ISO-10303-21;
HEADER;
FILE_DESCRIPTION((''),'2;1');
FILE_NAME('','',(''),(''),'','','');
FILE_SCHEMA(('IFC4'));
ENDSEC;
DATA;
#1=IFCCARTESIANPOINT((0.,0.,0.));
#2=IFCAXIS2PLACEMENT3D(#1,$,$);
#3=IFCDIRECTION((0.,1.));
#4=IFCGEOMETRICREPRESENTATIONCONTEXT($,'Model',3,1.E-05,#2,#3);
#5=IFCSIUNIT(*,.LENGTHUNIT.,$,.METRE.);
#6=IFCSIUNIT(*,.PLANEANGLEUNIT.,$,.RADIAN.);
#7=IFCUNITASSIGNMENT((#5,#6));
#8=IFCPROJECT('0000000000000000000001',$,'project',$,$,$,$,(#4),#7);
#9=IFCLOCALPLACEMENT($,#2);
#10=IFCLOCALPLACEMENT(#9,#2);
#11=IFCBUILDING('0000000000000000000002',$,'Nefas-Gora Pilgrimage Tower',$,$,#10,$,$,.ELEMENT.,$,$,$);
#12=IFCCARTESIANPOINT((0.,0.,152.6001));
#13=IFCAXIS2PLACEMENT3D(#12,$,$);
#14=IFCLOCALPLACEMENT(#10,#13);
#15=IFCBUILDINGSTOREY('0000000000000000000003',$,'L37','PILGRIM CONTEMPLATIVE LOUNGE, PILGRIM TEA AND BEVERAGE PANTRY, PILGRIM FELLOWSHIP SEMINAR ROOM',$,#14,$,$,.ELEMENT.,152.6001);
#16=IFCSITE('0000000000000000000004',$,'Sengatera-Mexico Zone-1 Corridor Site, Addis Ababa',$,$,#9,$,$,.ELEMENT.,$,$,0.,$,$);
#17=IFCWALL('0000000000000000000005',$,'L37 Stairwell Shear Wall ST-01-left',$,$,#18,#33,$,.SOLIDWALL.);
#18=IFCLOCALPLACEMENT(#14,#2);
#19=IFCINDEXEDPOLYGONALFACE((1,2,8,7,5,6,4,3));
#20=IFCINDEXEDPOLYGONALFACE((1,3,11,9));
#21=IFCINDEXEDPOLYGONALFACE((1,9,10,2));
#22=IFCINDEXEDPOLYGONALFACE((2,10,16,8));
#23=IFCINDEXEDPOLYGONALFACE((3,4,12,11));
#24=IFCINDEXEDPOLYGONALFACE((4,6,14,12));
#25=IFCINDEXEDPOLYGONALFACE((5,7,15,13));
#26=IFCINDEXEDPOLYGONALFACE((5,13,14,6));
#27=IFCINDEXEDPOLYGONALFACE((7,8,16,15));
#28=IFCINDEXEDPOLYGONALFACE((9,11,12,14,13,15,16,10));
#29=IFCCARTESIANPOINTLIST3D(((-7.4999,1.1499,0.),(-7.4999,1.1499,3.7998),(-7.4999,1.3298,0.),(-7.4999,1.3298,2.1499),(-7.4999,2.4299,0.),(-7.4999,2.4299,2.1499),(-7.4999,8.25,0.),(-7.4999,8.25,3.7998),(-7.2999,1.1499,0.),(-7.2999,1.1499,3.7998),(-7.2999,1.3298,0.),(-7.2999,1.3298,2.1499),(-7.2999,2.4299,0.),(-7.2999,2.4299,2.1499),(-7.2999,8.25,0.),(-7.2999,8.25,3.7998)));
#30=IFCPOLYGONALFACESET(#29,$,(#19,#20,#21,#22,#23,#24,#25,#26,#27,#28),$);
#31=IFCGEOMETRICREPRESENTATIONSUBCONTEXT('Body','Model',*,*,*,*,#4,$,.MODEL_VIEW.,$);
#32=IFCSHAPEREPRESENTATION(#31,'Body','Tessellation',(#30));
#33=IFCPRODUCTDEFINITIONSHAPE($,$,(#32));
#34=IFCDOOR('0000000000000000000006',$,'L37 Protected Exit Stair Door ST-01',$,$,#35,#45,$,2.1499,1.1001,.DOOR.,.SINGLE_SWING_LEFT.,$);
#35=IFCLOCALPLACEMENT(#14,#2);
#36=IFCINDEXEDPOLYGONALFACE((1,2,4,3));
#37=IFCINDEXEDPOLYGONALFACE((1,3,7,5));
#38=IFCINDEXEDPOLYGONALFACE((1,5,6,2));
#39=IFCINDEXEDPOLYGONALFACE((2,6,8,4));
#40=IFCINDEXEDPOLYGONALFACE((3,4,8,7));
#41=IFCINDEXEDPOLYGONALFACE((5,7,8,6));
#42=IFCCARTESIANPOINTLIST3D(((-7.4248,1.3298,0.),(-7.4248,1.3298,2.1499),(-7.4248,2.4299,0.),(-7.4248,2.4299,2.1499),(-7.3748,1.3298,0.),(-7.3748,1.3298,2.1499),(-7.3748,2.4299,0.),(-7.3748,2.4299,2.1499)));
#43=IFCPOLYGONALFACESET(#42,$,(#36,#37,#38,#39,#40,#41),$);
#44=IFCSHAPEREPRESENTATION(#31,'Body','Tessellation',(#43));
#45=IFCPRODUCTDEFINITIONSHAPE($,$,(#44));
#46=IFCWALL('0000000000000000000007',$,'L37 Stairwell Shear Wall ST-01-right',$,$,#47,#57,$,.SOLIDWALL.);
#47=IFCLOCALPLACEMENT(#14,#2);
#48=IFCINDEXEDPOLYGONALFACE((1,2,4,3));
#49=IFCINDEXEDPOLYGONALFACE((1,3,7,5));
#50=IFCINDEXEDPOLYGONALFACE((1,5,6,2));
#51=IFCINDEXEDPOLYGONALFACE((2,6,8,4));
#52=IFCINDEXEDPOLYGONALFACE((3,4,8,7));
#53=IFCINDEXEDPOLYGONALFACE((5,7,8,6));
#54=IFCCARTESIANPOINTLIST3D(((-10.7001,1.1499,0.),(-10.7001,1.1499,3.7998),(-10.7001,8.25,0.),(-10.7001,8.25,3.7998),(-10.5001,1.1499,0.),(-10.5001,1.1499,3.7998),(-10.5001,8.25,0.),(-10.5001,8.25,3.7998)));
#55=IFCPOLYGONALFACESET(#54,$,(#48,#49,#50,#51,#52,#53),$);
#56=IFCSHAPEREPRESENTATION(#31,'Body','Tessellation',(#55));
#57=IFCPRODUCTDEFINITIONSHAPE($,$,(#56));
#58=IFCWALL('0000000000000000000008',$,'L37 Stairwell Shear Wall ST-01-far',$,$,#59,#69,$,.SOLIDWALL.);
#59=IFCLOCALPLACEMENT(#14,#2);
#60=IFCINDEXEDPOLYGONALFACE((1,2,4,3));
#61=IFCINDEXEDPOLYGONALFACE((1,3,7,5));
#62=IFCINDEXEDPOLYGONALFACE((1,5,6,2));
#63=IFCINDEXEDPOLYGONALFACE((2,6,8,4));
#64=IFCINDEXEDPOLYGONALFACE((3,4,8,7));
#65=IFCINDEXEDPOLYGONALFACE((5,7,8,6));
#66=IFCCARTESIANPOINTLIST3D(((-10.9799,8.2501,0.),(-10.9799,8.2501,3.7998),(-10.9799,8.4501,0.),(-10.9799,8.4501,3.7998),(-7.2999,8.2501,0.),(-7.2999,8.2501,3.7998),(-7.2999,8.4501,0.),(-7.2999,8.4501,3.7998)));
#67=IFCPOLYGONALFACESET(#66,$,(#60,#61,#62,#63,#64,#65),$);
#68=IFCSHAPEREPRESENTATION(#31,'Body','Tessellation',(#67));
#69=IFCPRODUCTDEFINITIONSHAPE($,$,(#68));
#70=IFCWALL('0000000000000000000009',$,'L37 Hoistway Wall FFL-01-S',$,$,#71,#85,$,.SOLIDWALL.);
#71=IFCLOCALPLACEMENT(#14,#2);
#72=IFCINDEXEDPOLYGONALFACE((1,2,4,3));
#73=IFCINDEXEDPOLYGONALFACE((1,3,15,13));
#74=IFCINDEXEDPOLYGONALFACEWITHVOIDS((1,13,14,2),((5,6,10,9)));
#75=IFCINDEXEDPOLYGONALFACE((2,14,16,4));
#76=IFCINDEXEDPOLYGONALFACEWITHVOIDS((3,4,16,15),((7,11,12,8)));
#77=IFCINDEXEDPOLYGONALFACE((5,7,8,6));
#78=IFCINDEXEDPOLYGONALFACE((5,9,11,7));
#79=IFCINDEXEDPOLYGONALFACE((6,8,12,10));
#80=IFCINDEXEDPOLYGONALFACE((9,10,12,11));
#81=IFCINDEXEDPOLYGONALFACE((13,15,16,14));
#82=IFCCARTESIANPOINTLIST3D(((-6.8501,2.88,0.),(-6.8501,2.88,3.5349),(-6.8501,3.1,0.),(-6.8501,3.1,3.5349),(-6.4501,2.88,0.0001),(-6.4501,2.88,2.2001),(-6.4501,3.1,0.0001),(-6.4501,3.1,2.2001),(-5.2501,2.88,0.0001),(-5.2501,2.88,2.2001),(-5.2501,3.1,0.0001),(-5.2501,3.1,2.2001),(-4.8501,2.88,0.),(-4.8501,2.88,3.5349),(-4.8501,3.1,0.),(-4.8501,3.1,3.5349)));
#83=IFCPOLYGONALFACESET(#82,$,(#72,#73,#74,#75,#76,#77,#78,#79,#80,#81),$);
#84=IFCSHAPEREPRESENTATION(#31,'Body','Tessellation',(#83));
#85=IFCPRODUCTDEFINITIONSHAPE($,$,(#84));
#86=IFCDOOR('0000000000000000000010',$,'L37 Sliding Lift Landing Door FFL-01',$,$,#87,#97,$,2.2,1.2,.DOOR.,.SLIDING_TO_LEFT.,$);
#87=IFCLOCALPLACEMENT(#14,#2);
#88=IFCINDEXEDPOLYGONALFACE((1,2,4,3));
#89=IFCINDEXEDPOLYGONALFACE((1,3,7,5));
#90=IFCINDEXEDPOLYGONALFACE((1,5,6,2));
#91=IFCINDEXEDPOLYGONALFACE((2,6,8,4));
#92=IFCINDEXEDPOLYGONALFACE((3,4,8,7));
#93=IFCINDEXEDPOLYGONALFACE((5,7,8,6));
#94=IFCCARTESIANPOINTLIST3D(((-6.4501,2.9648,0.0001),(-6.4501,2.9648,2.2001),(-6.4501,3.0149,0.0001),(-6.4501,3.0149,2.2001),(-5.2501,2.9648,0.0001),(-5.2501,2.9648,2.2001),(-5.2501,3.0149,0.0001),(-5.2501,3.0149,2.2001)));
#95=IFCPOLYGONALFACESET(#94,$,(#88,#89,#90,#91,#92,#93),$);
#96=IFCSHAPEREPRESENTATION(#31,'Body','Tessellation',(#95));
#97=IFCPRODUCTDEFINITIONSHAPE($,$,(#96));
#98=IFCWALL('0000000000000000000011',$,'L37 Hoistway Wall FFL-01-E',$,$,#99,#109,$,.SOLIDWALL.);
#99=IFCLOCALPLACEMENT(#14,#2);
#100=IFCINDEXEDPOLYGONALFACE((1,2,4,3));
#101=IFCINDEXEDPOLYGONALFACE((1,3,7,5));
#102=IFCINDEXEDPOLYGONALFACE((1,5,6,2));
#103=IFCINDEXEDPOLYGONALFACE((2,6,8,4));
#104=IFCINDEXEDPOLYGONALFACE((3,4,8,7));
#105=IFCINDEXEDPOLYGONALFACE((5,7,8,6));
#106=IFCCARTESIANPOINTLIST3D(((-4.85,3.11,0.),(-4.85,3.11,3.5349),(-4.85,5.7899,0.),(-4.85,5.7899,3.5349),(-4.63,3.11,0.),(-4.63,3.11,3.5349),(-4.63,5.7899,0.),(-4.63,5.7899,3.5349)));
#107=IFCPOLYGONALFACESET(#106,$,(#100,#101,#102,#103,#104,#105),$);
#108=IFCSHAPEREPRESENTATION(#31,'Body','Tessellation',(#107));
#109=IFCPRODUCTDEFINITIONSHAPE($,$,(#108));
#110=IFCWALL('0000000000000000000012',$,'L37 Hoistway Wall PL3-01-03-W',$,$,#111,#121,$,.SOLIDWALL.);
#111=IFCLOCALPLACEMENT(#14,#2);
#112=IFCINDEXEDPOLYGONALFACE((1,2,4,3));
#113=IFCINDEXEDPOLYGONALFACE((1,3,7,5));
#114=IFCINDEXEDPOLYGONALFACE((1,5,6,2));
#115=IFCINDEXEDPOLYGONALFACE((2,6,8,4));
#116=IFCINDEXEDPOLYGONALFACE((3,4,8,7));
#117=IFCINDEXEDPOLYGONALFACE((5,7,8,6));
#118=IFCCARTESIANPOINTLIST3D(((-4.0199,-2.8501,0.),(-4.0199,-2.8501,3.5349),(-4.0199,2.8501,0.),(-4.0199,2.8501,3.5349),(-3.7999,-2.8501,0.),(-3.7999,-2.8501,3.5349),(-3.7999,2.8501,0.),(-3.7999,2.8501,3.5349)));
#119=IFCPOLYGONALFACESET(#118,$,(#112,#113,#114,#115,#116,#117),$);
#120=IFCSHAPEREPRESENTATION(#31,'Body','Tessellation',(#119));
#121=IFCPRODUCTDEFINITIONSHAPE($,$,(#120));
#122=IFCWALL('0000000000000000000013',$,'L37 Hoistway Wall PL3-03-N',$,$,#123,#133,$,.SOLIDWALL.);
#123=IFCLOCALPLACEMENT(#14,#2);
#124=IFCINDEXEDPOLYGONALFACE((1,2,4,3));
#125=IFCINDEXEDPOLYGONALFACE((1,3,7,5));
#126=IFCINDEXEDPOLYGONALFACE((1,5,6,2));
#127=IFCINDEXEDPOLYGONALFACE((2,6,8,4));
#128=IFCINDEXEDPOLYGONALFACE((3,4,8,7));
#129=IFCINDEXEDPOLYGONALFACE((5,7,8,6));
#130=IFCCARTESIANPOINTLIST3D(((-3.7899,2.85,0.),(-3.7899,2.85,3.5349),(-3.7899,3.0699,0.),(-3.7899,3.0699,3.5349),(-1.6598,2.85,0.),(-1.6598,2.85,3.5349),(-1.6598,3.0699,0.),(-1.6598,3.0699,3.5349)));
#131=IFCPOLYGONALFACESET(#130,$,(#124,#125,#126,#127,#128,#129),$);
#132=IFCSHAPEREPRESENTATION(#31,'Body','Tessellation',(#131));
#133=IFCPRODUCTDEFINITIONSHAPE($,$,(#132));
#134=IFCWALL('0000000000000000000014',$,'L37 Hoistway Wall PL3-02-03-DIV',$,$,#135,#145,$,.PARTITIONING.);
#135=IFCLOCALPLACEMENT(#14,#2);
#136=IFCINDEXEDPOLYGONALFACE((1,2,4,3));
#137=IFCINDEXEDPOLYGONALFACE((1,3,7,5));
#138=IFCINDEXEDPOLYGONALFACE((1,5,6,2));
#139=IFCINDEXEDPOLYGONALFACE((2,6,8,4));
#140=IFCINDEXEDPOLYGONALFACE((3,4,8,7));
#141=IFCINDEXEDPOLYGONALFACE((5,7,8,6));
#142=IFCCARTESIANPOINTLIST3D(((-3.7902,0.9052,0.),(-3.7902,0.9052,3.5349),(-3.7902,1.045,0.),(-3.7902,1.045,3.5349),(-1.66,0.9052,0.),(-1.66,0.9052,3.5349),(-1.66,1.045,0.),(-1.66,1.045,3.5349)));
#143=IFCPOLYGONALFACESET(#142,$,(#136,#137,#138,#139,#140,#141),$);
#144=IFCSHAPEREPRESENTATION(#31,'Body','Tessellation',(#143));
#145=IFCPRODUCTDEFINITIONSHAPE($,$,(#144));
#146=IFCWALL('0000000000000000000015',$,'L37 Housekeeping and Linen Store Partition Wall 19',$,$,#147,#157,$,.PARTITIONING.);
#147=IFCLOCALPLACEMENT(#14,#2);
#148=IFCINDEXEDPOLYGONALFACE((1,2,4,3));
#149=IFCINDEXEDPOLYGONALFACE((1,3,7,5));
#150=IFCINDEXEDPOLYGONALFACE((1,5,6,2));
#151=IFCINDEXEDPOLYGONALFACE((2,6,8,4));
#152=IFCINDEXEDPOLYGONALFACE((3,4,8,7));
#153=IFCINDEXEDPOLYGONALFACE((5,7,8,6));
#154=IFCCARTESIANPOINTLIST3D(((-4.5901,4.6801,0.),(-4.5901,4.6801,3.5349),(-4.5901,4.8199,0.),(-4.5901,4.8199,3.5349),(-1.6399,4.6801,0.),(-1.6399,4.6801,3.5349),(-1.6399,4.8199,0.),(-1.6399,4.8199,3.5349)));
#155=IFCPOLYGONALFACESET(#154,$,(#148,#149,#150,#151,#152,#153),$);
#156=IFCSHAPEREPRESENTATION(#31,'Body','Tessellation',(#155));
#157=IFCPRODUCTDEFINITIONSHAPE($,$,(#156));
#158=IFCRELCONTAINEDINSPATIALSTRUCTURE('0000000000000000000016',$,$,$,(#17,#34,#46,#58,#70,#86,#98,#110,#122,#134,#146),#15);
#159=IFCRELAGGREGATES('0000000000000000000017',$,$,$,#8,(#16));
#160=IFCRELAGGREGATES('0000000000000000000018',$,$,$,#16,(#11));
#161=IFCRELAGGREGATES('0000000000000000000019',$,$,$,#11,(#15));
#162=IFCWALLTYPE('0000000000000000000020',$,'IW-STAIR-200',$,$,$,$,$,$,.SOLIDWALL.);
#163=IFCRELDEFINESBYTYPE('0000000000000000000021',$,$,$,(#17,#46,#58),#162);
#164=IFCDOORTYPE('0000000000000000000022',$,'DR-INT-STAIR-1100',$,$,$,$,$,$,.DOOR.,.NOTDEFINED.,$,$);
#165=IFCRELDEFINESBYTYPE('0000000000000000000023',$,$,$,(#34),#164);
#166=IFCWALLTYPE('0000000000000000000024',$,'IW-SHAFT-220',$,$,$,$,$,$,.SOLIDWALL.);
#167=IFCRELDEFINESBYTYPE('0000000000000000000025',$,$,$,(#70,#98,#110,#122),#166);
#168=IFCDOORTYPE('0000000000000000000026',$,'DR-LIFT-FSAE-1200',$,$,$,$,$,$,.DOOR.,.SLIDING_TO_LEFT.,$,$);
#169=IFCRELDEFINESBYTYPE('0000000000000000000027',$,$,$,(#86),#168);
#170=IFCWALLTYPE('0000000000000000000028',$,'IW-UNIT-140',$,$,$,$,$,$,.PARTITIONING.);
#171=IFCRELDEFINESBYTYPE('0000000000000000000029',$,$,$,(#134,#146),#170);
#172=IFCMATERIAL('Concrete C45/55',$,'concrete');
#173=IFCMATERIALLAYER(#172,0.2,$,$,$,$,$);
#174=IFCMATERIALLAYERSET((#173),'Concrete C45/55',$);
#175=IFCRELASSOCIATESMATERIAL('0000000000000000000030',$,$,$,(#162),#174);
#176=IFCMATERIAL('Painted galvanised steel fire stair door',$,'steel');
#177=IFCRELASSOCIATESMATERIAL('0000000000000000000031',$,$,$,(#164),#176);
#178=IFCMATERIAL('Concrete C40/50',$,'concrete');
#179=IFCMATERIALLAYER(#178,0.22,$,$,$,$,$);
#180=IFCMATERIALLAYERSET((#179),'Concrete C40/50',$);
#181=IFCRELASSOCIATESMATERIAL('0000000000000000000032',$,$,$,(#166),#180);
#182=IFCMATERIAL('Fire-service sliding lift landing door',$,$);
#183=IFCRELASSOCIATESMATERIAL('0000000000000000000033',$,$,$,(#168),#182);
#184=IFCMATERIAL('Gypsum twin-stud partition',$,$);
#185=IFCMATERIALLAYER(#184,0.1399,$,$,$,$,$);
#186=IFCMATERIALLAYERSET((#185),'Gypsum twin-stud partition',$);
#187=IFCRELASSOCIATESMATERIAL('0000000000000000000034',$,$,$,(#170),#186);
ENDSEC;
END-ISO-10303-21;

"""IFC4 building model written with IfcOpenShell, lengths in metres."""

from ifc_helpers import new_model, si_unit, direction, frame, frame_2d, origin, place, context, subcontext, project, spatial, rectangle, extrude, source, transform, mapped, material, layer, layer_set, type_object, element, fill, save


model = new_model("IFC4")

# Units and contexts
model_context = context("Model", 3, precision=1e-05, world=origin(), true_north=direction((0.0, 1.0)))
body_context = subcontext(model_context, "Body", "Model", "MODEL_VIEW")
ifc_project = project(units=[si_unit("LENGTHUNIT", "METRE"), si_unit("PLANEANGLEUNIT", "RADIAN")], contexts=[model_context])

# Site, building, storey
site_placement = place(None, origin())
site = spatial("IfcSite", under=ifc_project, at=site_placement, Name="Sengatera-Mexico Zone-1 Corridor Site, Addis Ababa", CompositionType="ELEMENT", RefElevation=0.0)
building_placement = place(site_placement, origin())
building = spatial("IfcBuilding", under=site, at=building_placement, Name="Nefas-Gora Pilgrimage Tower", CompositionType="ELEMENT")
storey_placement = place(building_placement, frame((0.0, 0.0, 152.6001)))
storey = spatial("IfcBuildingStorey", under=building, at=storey_placement, Name="L37", Description="PILGRIM CONTEMPLATIVE LOUNGE, PILGRIM TEA AND BEVERAGE PANTRY, PILGRIM FELLOWSHIP SEMINAR ROOM", CompositionType="ELEMENT", Elevation=152.6001)

# Shared definitions
ifc_material_1 = material(Name="Concrete C45/55", Category="concrete")
ifc_layer_1 = layer(ifc_material_1, 0.2)
ifc_layer_set_1 = layer_set([ifc_layer_1], Name="Concrete C45/55")
wall_type_1 = type_object("IfcWallType", Name="IW-STAIR-200", PredefinedType="SOLIDWALL", material=ifc_layer_set_1)

# Wall, opening, door
shared_shape_1 = source(origin(), body_context, "Body", "SweptSolid", [
    extrude(rectangle(XDim=7.1001, YDim=0.2, at=frame_2d((3.55, 0.0))), origin(), (0.0, 0.0, 1.0), 3.7998),
])
wall_1_placement = place(storey_placement, frame((-7.3999, 1.1499, 0.0), z_axis=(0.0, 0.0, 1.0), x_axis=(0.0, 1.0, 0.0)))
wall_1 = element("IfcWall", 1, at=wall_1_placement, inside=storey, type_object=wall_type_1, Name="L37 Stairwell Shear Wall ST-01-left", PredefinedType="SOLIDWALL", context=body_context, shape_type="MappedRepresentation", body=[
    mapped(shared_shape_1, transform((0.0, 0.0, 0.0), x_axis=(1.0, 0.0, 0.0), y_axis=(0.0, 1.0, 0.0), z_axis=(0.0, 0.0, 1.0), scale=1.0)),
])
opening_1_placement = place(wall_1_placement, frame((0.1799, 0.0, 0.0)))
opening_1 = element("IfcOpeningElement", 2, at=opening_1_placement, cuts=wall_1, PredefinedType="OPENING", context=body_context, shape_type="SweptSolid", body=[
    extrude(rectangle(XDim=1.1001, YDim=2.1499, at=frame_2d((0.55, 1.075))), frame((0.0, 0.1099, 0.0), z_axis=(0.0, -1.0, 0.0), x_axis=(1.0, 0.0, 0.0)), (0.0, 0.0, 1.0), 0.22),
])
ifc_material_2 = material(Name="Painted galvanised steel fire stair door", Category="steel")
door_type_1 = type_object("IfcDoorType", Name="DR-INT-STAIR-1100", OperationType="NOTDEFINED", PredefinedType="DOOR", material=ifc_material_2)
shared_shape_2 = source(origin(), body_context, "Body", "SweptSolid", [
    extrude(rectangle(XDim=1.1001, YDim=2.1499, at=frame_2d((0.55, 1.075))), frame((0.0, 0.0249, 0.0), z_axis=(0.0, -1.0, 0.0), x_axis=(1.0, 0.0, 0.0)), (0.0, 0.0, 1.0), 0.05),
])
door_1_placement = place(opening_1_placement, origin())
door_1 = element("IfcDoor", 3, at=door_1_placement, inside=storey, type_object=door_type_1, Name="L37 Protected Exit Stair Door ST-01", OperationType="SINGLE_SWING_LEFT", OverallHeight=2.1499, OverallWidth=1.1001, PredefinedType="DOOR", context=body_context, shape_type="MappedRepresentation", body=[
    mapped(shared_shape_2, transform((0.0, 0.0, 0.0), x_axis=(1.0, 0.0, 0.0), y_axis=(0.0, 1.0, 0.0), z_axis=(0.0, 0.0, 1.0), scale=1.0)),
])
fill(opening_1, door_1)

# Walls
wall_2_placement = place(storey_placement, frame((-10.6001, 1.1499, 0.0), z_axis=(0.0, 0.0, 1.0), x_axis=(0.0, 1.0, 0.0)))
element("IfcWall", 4, at=wall_2_placement, inside=storey, type_object=wall_type_1, Name="L37 Stairwell Shear Wall ST-01-right", PredefinedType="SOLIDWALL", context=body_context, shape_type="MappedRepresentation", body=[
    mapped(shared_shape_1, transform((0.0, 0.0, 0.0), x_axis=(1.0, 0.0, 0.0), y_axis=(0.0, 1.0, 0.0), z_axis=(0.0, 0.0, 1.0), scale=1.0)),
])
shared_shape_3 = source(origin(), body_context, "Body", "SweptSolid", [
    extrude(rectangle(XDim=3.6799, YDim=0.2, at=frame_2d((1.8398, 0.0))), origin(), (0.0, 0.0, 1.0), 3.7998),
])
wall_3_placement = place(storey_placement, frame((-7.3, 8.3501, 0.0), z_axis=(0.0, 0.0, 1.0), x_axis=(-1.0, 0.0, 0.0)))
element("IfcWall", 5, at=wall_3_placement, inside=storey, type_object=wall_type_1, Name="L37 Stairwell Shear Wall ST-01-far", PredefinedType="SOLIDWALL", context=body_context, shape_type="MappedRepresentation", body=[
    mapped(shared_shape_3, transform((0.0, 0.0, 0.0), x_axis=(1.0, 0.0, 0.0), y_axis=(0.0, 1.0, 0.0), z_axis=(0.0, 0.0, 1.0), scale=1.0)),
])

# Wall, opening, door
ifc_material_3 = material(Name="Concrete C40/50", Category="concrete")
ifc_layer_2 = layer(ifc_material_3, 0.22)
ifc_layer_set_2 = layer_set([ifc_layer_2], Name="Concrete C40/50")
wall_type_2 = type_object("IfcWallType", Name="IW-SHAFT-220", PredefinedType="SOLIDWALL", material=ifc_layer_set_2)
shared_shape_4 = source(origin(), body_context, "Body", "SweptSolid", [
    extrude(rectangle(XDim=2.0, YDim=0.22, at=frame_2d((1.0, 0.0))), origin(), (0.0, 0.0, 1.0), 3.5349),
])
wall_4_placement = place(storey_placement, frame((-6.8501, 2.99, 0.0), z_axis=(0.0, 0.0, 1.0), x_axis=(1.0, 0.0, 0.0)))
wall_4 = element("IfcWall", 6, at=wall_4_placement, inside=storey, type_object=wall_type_2, Name="L37 Hoistway Wall FFL-01-S", PredefinedType="SOLIDWALL", context=body_context, shape_type="MappedRepresentation", body=[
    mapped(shared_shape_4, transform((0.0, 0.0, 0.0), x_axis=(1.0, 0.0, 0.0), y_axis=(0.0, 1.0, 0.0), z_axis=(0.0, 0.0, 1.0), scale=1.0)),
])
opening_2_placement = place(wall_4_placement, frame((0.3999, 0.0, 0.0)))
opening_2 = element("IfcOpeningElement", 7, at=opening_2_placement, cuts=wall_4, PredefinedType="OPENING", context=body_context, shape_type="SweptSolid", body=[
    extrude(rectangle(XDim=1.2, YDim=2.2, at=frame_2d((0.6001, 1.1001))), frame((0.0, 0.1199, 0.0), z_axis=(0.0, -1.0, 0.0), x_axis=(1.0, 0.0, 0.0)), (0.0, 0.0, 1.0), 0.24),
])
ifc_material_4 = material(Name="Fire-service sliding lift landing door")
door_type_2 = type_object("IfcDoorType", Name="DR-LIFT-FSAE-1200", OperationType="SLIDING_TO_LEFT", PredefinedType="DOOR", material=ifc_material_4)
shared_shape_5 = source(origin(), body_context, "Body", "SweptSolid", [
    extrude(rectangle(XDim=1.2, YDim=2.2, at=frame_2d((0.6001, 1.1001))), frame((0.0, 0.0249, 0.0), z_axis=(0.0, -1.0, 0.0), x_axis=(1.0, 0.0, 0.0)), (0.0, 0.0, 1.0), 0.05),
])
door_2_placement = place(opening_2_placement, origin())
door_2 = element("IfcDoor", 8, at=door_2_placement, inside=storey, type_object=door_type_2, Name="L37 Sliding Lift Landing Door FFL-01", OperationType="SLIDING_TO_LEFT", OverallHeight=2.2, OverallWidth=1.2, PredefinedType="DOOR", context=body_context, shape_type="MappedRepresentation", body=[
    mapped(shared_shape_5, transform((0.0, 0.0, 0.0), x_axis=(1.0, 0.0, 0.0), y_axis=(0.0, 1.0, 0.0), z_axis=(0.0, 0.0, 1.0), scale=1.0)),
])
fill(opening_2, door_2)

# Walls
shared_shape_6 = source(origin(), body_context, "Body", "SweptSolid", [
    extrude(rectangle(XDim=2.6799, YDim=0.22, at=frame_2d((1.3398, 0.0))), origin(), (0.0, 0.0, 1.0), 3.5349),
])
wall_5_placement = place(storey_placement, frame((-4.74, 3.1101, 0.0), z_axis=(0.0, 0.0, 1.0), x_axis=(0.0, 1.0, 0.0)))
element("IfcWall", 9, at=wall_5_placement, inside=storey, type_object=wall_type_2, Name="L37 Hoistway Wall FFL-01-E", PredefinedType="SOLIDWALL", context=body_context, shape_type="MappedRepresentation", body=[
    mapped(shared_shape_6, transform((0.0, 0.0, 0.0), x_axis=(1.0, 0.0, 0.0), y_axis=(0.0, 1.0, 0.0), z_axis=(0.0, 0.0, 1.0), scale=1.0)),
])
shared_shape_7 = source(origin(), body_context, "Body", "SweptSolid", [
    extrude(rectangle(XDim=5.7002, YDim=0.22, at=frame_2d((2.8501, 0.0))), origin(), (0.0, 0.0, 1.0), 3.5349),
])
wall_6_placement = place(storey_placement, frame((-3.9099, 2.8501, 0.0), z_axis=(0.0, 0.0, 1.0), x_axis=(0.0, -1.0, 0.0)))
element("IfcWall", 10, at=wall_6_placement, inside=storey, type_object=wall_type_2, Name="L37 Hoistway Wall PL3-01-03-W", PredefinedType="SOLIDWALL", context=body_context, shape_type="MappedRepresentation", body=[
    mapped(shared_shape_7, transform((0.0, 0.0, 0.0), x_axis=(1.0, 0.0, 0.0), y_axis=(0.0, 1.0, 0.0), z_axis=(0.0, 0.0, 1.0), scale=1.0)),
])
shared_shape_8 = source(origin(), body_context, "Body", "SweptSolid", [
    extrude(rectangle(XDim=2.1301, YDim=0.22, at=frame_2d((1.0649, 0.0))), origin(), (0.0, 0.0, 1.0), 3.5349),
])
wall_7_placement = place(storey_placement, frame((-1.6599, 2.96, 0.0), z_axis=(0.0, 0.0, 1.0), x_axis=(-1.0, 0.0, 0.0)))
element("IfcWall", 11, at=wall_7_placement, inside=storey, type_object=wall_type_2, Name="L37 Hoistway Wall PL3-03-N", PredefinedType="SOLIDWALL", context=body_context, shape_type="MappedRepresentation", body=[
    mapped(shared_shape_8, transform((0.0, 0.0, 0.0), x_axis=(1.0, 0.0, 0.0), y_axis=(0.0, 1.0, 0.0), z_axis=(0.0, 0.0, 1.0), scale=1.0)),
])
ifc_material_5 = material(Name="Gypsum twin-stud partition")
ifc_layer_3 = layer(ifc_material_5, 0.1399)
ifc_layer_set_3 = layer_set([ifc_layer_3], Name="Gypsum twin-stud partition")
wall_type_3 = type_object("IfcWallType", Name="IW-UNIT-140", PredefinedType="PARTITIONING", material=ifc_layer_set_3)
shared_shape_9 = source(origin(), body_context, "Body", "SweptSolid", [
    extrude(rectangle(XDim=2.1301, YDim=0.1399, at=frame_2d((1.0649, 0.0))), origin(), (0.0, 0.0, 1.0), 3.5349),
])
wall_8_placement = place(storey_placement, frame((-3.79, 0.9751, 0.0), z_axis=(0.0, 0.0, 1.0), x_axis=(1.0, 0.0, 0.0)))
element("IfcWall", 12, at=wall_8_placement, inside=storey, type_object=wall_type_3, Name="L37 Hoistway Wall PL3-02-03-DIV", PredefinedType="PARTITIONING", context=body_context, shape_type="MappedRepresentation", body=[
    mapped(shared_shape_9, transform((0.0, 0.0, 0.0), x_axis=(1.0, 0.0, 0.0), y_axis=(0.0, 1.0, 0.0), z_axis=(0.0, 0.0, 1.0), scale=1.0)),
])
shared_shape_10 = source(origin(), body_context, "Body", "SweptSolid", [
    extrude(rectangle(XDim=2.9502, YDim=0.1399, at=frame_2d((1.4751, 0.0))), origin(), (0.0, 0.0, 1.0), 3.5349),
])
wall_9_placement = place(storey_placement, frame((-4.5901, 4.75, 0.0), z_axis=(0.0, 0.0, 1.0), x_axis=(1.0, 0.0, 0.0)))
element("IfcWall", 13, at=wall_9_placement, inside=storey, type_object=wall_type_3, Name="L37 Housekeeping and Linen Store Partition Wall 19", PredefinedType="PARTITIONING", context=body_context, shape_type="MappedRepresentation", body=[
    mapped(shared_shape_10, transform((0.0, 0.0, 0.0), x_axis=(1.0, 0.0, 0.0), y_axis=(0.0, 1.0, 0.0), z_axis=(0.0, 0.0, 1.0), scale=1.0)),
])

save(model, "model.ifc")
